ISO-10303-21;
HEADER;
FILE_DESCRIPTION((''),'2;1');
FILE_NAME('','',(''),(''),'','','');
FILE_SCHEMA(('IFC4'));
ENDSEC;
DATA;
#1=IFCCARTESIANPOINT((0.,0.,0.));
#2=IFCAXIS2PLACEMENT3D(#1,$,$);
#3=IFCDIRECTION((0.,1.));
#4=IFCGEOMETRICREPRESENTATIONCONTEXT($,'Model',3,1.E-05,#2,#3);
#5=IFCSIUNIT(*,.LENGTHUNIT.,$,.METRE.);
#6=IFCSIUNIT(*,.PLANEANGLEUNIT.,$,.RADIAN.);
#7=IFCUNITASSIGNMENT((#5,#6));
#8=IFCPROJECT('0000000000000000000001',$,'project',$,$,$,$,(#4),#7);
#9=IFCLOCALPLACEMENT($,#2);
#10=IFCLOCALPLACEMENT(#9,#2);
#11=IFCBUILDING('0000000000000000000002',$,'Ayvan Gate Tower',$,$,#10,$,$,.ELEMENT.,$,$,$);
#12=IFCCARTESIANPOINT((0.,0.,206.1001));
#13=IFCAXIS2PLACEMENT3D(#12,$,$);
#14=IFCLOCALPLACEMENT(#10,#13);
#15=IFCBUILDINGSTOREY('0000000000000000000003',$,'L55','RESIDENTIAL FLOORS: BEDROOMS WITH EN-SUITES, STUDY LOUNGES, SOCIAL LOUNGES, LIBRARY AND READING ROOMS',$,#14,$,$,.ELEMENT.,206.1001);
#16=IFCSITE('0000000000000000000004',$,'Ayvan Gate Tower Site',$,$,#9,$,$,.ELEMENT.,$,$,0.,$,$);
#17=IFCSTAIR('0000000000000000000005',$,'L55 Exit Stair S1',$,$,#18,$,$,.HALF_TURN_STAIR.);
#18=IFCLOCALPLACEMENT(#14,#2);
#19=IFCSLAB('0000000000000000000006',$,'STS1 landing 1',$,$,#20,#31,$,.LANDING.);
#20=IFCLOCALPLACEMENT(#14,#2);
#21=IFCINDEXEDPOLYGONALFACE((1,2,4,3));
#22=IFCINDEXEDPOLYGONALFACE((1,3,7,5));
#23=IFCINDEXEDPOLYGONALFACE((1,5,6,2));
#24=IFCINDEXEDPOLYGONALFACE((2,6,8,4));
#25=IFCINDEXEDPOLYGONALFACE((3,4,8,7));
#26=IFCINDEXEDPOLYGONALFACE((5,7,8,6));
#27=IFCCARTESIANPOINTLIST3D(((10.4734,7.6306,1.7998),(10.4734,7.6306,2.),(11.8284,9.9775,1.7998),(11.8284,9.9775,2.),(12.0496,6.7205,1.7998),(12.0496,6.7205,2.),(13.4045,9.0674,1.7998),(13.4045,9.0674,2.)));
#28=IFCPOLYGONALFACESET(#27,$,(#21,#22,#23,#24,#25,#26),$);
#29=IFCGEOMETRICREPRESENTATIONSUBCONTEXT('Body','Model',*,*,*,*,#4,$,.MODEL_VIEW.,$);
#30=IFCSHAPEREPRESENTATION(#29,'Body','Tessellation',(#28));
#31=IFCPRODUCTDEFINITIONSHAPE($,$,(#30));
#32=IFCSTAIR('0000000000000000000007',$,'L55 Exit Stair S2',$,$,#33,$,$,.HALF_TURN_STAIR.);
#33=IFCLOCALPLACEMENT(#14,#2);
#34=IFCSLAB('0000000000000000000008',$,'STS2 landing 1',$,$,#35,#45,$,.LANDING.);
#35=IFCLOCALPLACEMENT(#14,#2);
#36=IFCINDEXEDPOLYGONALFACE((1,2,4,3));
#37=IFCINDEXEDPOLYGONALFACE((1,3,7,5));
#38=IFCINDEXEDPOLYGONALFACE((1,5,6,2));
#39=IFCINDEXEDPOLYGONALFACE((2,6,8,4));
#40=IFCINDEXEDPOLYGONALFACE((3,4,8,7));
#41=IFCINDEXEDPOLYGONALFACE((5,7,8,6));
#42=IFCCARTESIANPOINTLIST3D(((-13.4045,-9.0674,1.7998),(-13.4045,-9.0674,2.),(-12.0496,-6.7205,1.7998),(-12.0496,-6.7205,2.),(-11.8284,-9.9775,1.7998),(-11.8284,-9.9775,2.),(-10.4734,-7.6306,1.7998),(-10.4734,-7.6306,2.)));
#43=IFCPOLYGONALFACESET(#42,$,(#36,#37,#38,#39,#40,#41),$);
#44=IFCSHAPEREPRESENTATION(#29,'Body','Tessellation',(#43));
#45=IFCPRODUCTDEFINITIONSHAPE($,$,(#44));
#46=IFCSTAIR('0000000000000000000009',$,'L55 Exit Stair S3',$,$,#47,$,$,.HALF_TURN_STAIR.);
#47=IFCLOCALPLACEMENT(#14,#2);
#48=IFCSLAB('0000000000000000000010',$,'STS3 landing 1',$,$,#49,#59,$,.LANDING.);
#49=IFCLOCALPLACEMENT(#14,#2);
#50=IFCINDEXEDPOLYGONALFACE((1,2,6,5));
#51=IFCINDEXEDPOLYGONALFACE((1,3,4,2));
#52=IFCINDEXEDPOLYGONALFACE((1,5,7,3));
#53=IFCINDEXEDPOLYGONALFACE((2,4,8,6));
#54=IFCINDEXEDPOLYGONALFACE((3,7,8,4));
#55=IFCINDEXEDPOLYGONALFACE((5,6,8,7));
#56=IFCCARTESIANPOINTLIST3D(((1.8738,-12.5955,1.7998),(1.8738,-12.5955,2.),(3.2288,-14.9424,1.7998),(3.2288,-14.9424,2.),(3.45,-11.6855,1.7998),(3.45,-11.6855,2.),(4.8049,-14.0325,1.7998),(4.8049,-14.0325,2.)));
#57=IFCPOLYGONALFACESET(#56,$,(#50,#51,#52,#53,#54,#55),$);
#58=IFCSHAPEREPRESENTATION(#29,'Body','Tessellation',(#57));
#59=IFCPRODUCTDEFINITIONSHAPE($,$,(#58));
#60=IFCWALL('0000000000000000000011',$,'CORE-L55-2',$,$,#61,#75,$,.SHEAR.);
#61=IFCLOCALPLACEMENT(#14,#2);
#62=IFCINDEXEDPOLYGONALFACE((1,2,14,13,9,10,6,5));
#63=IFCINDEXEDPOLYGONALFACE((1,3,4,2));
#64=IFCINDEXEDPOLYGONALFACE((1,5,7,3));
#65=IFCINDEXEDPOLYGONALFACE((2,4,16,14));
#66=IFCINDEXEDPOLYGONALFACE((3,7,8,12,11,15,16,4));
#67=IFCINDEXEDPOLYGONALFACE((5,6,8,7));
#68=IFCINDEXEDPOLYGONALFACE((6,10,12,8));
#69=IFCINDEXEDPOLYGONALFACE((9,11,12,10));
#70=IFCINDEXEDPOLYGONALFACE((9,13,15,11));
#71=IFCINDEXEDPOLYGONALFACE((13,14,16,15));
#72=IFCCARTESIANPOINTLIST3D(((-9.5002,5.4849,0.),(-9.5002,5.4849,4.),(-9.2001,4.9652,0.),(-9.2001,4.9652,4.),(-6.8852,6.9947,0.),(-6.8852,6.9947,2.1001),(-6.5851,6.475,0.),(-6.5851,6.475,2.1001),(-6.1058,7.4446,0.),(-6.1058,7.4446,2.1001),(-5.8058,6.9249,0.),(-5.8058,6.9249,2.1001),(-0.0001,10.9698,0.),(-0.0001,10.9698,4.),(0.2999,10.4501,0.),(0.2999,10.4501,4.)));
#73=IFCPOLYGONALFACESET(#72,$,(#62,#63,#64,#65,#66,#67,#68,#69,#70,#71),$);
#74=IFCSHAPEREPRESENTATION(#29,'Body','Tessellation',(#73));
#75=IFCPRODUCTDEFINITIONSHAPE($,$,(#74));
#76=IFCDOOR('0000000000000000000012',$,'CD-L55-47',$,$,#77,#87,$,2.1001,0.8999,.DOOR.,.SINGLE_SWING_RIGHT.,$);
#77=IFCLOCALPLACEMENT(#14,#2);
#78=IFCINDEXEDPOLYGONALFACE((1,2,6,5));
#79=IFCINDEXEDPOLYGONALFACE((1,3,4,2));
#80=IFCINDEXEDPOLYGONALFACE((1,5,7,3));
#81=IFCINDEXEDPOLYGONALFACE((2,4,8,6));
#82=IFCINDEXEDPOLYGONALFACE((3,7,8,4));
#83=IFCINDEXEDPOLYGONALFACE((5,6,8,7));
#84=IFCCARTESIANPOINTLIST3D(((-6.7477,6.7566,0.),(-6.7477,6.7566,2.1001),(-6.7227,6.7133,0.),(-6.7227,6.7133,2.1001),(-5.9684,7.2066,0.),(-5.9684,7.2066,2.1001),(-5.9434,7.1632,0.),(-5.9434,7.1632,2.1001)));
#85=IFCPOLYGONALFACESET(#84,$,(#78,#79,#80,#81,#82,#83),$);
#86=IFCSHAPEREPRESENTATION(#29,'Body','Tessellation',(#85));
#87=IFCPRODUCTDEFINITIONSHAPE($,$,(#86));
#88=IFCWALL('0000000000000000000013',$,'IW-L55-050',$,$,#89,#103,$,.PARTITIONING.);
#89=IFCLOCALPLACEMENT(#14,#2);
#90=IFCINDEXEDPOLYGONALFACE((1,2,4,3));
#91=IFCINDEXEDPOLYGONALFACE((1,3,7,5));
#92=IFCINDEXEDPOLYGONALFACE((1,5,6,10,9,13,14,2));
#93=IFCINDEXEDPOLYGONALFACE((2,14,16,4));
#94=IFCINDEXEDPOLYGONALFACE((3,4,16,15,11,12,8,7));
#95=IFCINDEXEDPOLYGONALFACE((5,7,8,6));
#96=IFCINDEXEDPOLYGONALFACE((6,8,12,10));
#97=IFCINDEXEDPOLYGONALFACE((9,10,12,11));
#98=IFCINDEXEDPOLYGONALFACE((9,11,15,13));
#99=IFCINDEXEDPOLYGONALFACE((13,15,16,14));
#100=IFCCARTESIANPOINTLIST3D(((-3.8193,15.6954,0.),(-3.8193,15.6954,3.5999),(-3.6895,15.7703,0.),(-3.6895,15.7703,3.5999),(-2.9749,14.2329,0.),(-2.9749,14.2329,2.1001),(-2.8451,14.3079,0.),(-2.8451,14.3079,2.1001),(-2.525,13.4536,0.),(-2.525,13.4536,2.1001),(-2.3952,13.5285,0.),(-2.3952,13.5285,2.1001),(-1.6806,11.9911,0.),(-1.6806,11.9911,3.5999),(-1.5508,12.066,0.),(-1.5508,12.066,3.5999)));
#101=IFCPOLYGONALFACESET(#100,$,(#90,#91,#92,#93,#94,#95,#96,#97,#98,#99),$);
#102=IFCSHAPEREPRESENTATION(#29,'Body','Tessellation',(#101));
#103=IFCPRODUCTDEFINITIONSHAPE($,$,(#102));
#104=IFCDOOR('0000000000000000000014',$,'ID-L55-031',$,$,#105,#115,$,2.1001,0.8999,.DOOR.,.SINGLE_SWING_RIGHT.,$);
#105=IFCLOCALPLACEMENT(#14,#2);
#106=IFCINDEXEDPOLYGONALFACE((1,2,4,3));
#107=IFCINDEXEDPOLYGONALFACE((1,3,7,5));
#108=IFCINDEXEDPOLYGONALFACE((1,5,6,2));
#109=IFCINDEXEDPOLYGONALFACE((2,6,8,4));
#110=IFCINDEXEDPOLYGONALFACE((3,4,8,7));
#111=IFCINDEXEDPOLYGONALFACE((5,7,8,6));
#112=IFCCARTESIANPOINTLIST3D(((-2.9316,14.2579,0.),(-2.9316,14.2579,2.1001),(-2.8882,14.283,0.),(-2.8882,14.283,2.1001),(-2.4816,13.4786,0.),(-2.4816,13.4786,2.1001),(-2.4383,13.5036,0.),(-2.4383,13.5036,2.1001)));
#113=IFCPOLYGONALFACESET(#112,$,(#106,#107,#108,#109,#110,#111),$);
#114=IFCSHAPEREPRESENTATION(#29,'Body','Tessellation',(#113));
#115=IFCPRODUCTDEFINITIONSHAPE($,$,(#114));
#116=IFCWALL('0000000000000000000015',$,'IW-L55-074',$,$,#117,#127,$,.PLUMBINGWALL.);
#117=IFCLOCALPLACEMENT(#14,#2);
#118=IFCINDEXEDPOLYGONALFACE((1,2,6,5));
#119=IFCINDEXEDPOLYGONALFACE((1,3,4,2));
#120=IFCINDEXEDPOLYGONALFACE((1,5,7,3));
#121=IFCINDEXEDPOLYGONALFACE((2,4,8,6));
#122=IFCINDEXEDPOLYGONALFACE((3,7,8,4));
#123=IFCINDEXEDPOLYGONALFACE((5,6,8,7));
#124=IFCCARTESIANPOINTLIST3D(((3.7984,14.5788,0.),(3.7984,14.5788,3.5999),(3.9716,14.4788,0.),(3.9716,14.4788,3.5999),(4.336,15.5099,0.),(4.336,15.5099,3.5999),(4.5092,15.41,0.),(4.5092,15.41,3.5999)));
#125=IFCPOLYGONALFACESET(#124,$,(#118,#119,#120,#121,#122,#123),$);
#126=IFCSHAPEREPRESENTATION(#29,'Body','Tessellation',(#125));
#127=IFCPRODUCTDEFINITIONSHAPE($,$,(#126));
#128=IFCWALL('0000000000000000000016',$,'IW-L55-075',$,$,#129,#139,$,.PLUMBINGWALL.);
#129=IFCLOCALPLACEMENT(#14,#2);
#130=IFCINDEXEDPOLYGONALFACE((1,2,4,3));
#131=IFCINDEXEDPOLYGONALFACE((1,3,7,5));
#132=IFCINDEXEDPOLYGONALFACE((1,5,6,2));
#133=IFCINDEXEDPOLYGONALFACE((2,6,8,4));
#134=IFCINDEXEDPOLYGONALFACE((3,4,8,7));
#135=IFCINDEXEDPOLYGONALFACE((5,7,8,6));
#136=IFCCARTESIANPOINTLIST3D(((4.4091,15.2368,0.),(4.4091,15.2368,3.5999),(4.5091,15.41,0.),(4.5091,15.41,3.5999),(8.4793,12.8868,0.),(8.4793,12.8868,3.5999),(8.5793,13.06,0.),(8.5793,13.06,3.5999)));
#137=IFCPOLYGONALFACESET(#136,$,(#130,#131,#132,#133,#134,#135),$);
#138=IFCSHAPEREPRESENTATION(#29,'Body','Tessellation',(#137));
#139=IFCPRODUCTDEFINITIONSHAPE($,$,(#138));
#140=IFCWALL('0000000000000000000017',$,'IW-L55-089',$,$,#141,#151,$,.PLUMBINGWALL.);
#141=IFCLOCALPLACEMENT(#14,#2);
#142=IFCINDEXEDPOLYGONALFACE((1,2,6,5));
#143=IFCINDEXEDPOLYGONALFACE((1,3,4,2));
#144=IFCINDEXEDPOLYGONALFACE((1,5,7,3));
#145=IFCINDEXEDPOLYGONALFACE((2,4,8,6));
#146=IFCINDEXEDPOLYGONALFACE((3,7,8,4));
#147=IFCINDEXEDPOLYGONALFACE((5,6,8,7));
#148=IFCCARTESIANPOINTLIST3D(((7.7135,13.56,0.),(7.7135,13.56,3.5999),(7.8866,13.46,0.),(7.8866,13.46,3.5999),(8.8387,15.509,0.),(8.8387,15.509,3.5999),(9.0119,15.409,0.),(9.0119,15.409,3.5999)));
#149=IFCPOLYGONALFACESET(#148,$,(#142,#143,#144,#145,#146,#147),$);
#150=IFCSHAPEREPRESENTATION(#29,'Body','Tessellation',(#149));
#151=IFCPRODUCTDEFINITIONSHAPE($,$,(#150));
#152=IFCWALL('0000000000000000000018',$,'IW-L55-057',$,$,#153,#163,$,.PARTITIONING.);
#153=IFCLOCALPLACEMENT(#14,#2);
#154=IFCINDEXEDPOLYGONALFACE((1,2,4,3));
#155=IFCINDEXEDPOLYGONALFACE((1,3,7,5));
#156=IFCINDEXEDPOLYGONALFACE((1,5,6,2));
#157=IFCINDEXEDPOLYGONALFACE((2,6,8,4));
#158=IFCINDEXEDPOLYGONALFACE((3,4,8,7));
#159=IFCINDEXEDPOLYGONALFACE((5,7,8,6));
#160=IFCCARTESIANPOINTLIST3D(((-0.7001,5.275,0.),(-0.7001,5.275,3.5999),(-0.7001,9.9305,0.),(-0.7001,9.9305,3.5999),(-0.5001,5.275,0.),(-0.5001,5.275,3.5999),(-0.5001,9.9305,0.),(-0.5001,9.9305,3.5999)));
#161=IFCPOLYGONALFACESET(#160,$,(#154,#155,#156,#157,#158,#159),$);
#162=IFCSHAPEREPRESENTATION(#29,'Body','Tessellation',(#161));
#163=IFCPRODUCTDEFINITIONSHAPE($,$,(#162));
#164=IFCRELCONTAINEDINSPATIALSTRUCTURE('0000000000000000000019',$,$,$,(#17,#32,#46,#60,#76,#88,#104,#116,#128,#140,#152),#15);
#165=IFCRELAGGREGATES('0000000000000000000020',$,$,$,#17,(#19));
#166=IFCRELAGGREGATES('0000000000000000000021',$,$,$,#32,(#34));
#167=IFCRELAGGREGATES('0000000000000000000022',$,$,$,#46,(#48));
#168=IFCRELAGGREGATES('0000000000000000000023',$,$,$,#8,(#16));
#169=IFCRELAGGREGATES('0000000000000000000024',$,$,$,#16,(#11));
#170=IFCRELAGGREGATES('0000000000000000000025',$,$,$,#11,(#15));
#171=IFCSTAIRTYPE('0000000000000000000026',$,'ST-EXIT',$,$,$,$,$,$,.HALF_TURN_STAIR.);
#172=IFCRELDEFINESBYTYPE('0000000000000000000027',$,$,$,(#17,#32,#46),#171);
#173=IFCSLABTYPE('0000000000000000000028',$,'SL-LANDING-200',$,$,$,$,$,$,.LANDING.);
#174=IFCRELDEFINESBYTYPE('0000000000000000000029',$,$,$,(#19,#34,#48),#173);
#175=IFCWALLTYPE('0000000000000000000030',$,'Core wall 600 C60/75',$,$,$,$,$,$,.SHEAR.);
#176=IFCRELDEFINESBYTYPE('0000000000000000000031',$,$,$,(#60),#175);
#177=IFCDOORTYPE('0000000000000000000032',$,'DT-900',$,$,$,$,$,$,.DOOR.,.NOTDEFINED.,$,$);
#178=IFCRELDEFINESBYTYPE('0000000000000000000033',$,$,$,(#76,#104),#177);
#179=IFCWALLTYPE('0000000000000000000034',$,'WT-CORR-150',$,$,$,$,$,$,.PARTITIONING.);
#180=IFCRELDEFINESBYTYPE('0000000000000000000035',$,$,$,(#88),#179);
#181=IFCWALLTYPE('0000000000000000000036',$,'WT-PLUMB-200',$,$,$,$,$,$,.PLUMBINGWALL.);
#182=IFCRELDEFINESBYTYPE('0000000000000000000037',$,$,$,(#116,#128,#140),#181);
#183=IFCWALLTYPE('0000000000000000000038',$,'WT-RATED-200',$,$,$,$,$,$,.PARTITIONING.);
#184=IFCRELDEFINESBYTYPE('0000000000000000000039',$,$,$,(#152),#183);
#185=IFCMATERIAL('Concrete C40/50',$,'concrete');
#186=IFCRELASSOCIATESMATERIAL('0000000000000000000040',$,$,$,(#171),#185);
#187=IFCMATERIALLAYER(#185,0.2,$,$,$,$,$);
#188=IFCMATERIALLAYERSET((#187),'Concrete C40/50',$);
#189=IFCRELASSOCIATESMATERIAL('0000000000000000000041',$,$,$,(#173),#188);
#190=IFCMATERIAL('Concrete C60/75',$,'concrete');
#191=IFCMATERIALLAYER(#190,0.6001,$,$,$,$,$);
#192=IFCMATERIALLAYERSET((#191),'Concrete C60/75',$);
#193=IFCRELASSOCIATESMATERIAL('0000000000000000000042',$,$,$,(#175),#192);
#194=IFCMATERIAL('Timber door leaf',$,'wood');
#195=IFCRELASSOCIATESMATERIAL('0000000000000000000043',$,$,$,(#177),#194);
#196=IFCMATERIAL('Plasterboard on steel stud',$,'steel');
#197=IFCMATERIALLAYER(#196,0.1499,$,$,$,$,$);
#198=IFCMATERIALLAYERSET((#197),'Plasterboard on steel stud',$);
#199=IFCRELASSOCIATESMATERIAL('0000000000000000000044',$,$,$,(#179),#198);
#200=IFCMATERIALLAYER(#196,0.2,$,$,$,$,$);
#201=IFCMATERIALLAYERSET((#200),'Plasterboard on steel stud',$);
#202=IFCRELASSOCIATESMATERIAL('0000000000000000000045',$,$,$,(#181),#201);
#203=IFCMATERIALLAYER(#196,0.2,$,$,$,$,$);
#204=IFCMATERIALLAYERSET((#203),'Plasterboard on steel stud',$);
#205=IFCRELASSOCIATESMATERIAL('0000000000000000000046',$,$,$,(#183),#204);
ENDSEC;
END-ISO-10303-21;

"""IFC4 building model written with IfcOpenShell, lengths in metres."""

from ifc_helpers import new_model, si_unit, direction, frame, frame_2d, origin, place, context, subcontext, project, spatial, polyline, rectangle, outline, extrude, material, layer, layer_set, type_object, element, fill, aggregate, save


model = new_model("IFC4")

# Units and contexts
model_context = context("Model", 3, precision=1e-05, world=origin(), true_north=direction((0.0, 1.0)))
body_context = subcontext(model_context, "Body", "Model", "MODEL_VIEW")
ifc_project = project(units=[si_unit("LENGTHUNIT", "METRE"), si_unit("PLANEANGLEUNIT", "RADIAN")], contexts=[model_context])

# Site, building, storey
site_placement = place(None, origin())
site = spatial("IfcSite", under=ifc_project, at=site_placement, Name="Ayvan Gate Tower Site", CompositionType="ELEMENT", RefElevation=0.0)
building_placement = place(site_placement, origin())
building = spatial("IfcBuilding", under=site, at=building_placement, Name="Ayvan Gate Tower", CompositionType="ELEMENT")
storey_placement = place(building_placement, frame((0.0, 0.0, 206.1001)))
storey = spatial("IfcBuildingStorey", under=building, at=storey_placement, Name="L55", Description="RESIDENTIAL FLOORS: BEDROOMS WITH EN-SUITES, STUDY LOUNGES, SOCIAL LOUNGES, LIBRARY AND READING ROOMS", CompositionType="ELEMENT", Elevation=206.1001)

# Stairs, slabs
ifc_material_1 = material(Name="Concrete C40/50", Category="concrete")
stair_type = type_object("IfcStairType", Name="ST-EXIT", PredefinedType="HALF_TURN_STAIR", material=ifc_material_1)
stair_1_placement = place(storey_placement, origin())
stair_1 = element("IfcStair", 1, at=stair_1_placement, inside=storey, type_object=stair_type, Name="L55 Exit Stair S1", PredefinedType="HALF_TURN_STAIR")
ifc_layer_1 = layer(ifc_material_1, 0.2)
ifc_layer_set_1 = layer_set([ifc_layer_1], Name="Concrete C40/50")
slab_type = type_object("IfcSlabType", Name="SL-LANDING-200", PredefinedType="LANDING", material=ifc_layer_set_1)
slab_1_placement = place(storey_placement, frame((0.0, 0.0, 1.7998)))
slab_1 = element("IfcSlab", 2, at=slab_1_placement, type_object=slab_type, Name="STS1 landing 1", PredefinedType="LANDING", context=body_context, shape_type="SweptSolid", body=[
    extrude(outline(polyline([(10.4734, 7.6306), (12.0496, 6.7205), (13.4045, 9.0674), (11.8284, 9.9775), (10.4734, 7.6306)])), origin(), (0.0, 0.0, 1.0), 0.2002),
])
aggregate(stair_1, [slab_1])
stair_2_placement = place(storey_placement, origin())
stair_2 = element("IfcStair", 3, at=stair_2_placement, inside=storey, type_object=stair_type, Name="L55 Exit Stair S2", PredefinedType="HALF_TURN_STAIR")
slab_2_placement = place(storey_placement, frame((0.0, 0.0, 1.7998)))
slab_2 = element("IfcSlab", 4, at=slab_2_placement, type_object=slab_type, Name="STS2 landing 1", PredefinedType="LANDING", context=body_context, shape_type="SweptSolid", body=[
    extrude(outline(polyline([(-10.4734, -7.6306), (-12.0496, -6.7205), (-13.4045, -9.0674), (-11.8284, -9.9775), (-10.4734, -7.6306)])), origin(), (0.0, 0.0, 1.0), 0.2002),
])
aggregate(stair_2, [slab_2])
stair_3_placement = place(storey_placement, origin())
stair_3 = element("IfcStair", 5, at=stair_3_placement, inside=storey, type_object=stair_type, Name="L55 Exit Stair S3", PredefinedType="HALF_TURN_STAIR")
slab_3_placement = place(storey_placement, frame((0.0, 0.0, 1.7998)))
slab_3 = element("IfcSlab", 6, at=slab_3_placement, type_object=slab_type, Name="STS3 landing 1", PredefinedType="LANDING", context=body_context, shape_type="SweptSolid", body=[
    extrude(outline(polyline([(3.45, -11.6855), (1.8738, -12.5955), (3.2288, -14.9424), (4.8049, -14.0325), (3.45, -11.6855)])), origin(), (0.0, 0.0, 1.0), 0.2002),
])
aggregate(stair_3, [slab_3])

# Walls, openings, doors
ifc_material_2 = material(Name="Concrete C60/75", Category="concrete")
ifc_layer_2 = layer(ifc_material_2, 0.6001)
ifc_layer_set_2 = layer_set([ifc_layer_2], Name="Concrete C60/75")
wall_type_1 = type_object("IfcWallType", Name="Core wall 600 C60/75", PredefinedType="SHEAR", material=ifc_layer_set_2)
wall_1_placement = place(storey_placement, frame((0.1499, 10.71, 0.0), z_axis=(0.0, 0.0, 1.0), x_axis=(-0.866024, -0.500002, 0.0)))
wall_1 = element("IfcWall", 7, at=wall_1_placement, inside=storey, type_object=wall_type_1, Name="CORE-L55-2", PredefinedType="SHEAR", context=body_context, shape_type="SweptSolid", body=[
    extrude(rectangle(XDim=10.9697, YDim=0.6001, at=frame_2d((5.4849, 0.0))), origin(), (0.0, 0.0, 1.0), 4.0),
])
opening_1_placement = place(wall_1_placement, frame((7.0503, 0.0, 0.0)))
opening_1 = element("IfcOpeningElement", 8, at=opening_1_placement, cuts=wall_1, PredefinedType="OPENING", context=body_context, shape_type="SweptSolid", body=[
    extrude(rectangle(XDim=0.8999, YDim=2.1001, at=frame_2d((0.45, 1.05))), frame((0.0, 0.3101, 0.0), z_axis=(0.0, -1.0, 0.0), x_axis=(1.0, 0.0, 0.0)), (0.0, 0.0, 1.0), 0.6201),
])
ifc_material_3 = material(Name="Timber door leaf", Category="wood")
door_type_1 = type_object("IfcDoorType", Name="DT-900", OperationType="NOTDEFINED", PredefinedType="DOOR", material=ifc_material_3)
door_1_placement = place(opening_1_placement, origin())
door_1 = element("IfcDoor", 9, at=door_1_placement, inside=storey, type_object=door_type_1, Name="CD-L55-47", OperationType="SINGLE_SWING_RIGHT", OverallHeight=2.1001, OverallWidth=0.8999, PredefinedType="DOOR", context=body_context, shape_type="SweptSolid", body=[
    extrude(rectangle(XDim=0.8999, YDim=2.1001, at=frame_2d((0.45, 1.05))), frame((0.0, 0.0249, 0.0), z_axis=(0.0, -1.0, 0.0), x_axis=(1.0, 0.0, 0.0)), (0.0, 0.0, 1.0), 0.05),
])
fill(opening_1, door_1)
ifc_material_4 = material(Name="Plasterboard on steel stud", Category="steel")
ifc_layer_3 = layer(ifc_material_4, 0.1499)
ifc_layer_set_3 = layer_set([ifc_layer_3], Name="Plasterboard on steel stud")
wall_type_2 = type_object("IfcWallType", Name="WT-CORR-150", PredefinedType="PARTITIONING", material=ifc_layer_set_3)
wall_2_placement = place(storey_placement, frame((-1.6157, 12.0286, 0.0), z_axis=(0.0, 0.0, 1.0), x_axis=(-0.499994, 0.866029, 0.0)))
wall_2 = element("IfcWall", 10, at=wall_2_placement, inside=storey, type_object=wall_type_2, Name="IW-L55-050", PredefinedType="PARTITIONING", context=body_context, shape_type="SweptSolid", body=[
    extrude(rectangle(XDim=4.2773, YDim=0.1499, at=frame_2d((2.1387, 0.0))), origin(), (0.0, 0.0, 1.0), 3.5999),
])
opening_2_placement = place(wall_2_placement, frame((1.6887, 0.0, 0.0)))
opening_2 = element("IfcOpeningElement", 11, at=opening_2_placement, cuts=wall_2, PredefinedType="OPENING", context=body_context, shape_type="SweptSolid", body=[
    extrude(rectangle(XDim=0.8999, YDim=2.1001, at=frame_2d((0.45, 1.05))), frame((0.0, 0.085, 0.0), z_axis=(0.0, -1.0, 0.0), x_axis=(1.0, 0.0, 0.0)), (0.0, 0.0, 1.0), 0.1699),
])
door_2_placement = place(opening_2_placement, origin())
door_2 = element("IfcDoor", 12, at=door_2_placement, inside=storey, type_object=door_type_1, Name="ID-L55-031", OperationType="SINGLE_SWING_RIGHT", OverallHeight=2.1001, OverallWidth=0.8999, PredefinedType="DOOR", context=body_context, shape_type="SweptSolid", body=[
    extrude(rectangle(XDim=0.8999, YDim=2.1001, at=frame_2d((0.45, 1.05))), frame((0.0, 0.0249, 0.0), z_axis=(0.0, -1.0, 0.0), x_axis=(1.0, 0.0, 0.0)), (0.0, 0.0, 1.0), 0.05),
])
fill(opening_2, door_2)

# Walls
ifc_layer_4 = layer(ifc_material_4, 0.2)
ifc_layer_set_4 = layer_set([ifc_layer_4], Name="Plasterboard on steel stud")
wall_type_3 = type_object("IfcWallType", Name="WT-PLUMB-200", PredefinedType="PLUMBINGWALL", material=ifc_layer_set_4)
wall_3_placement = place(storey_placement, frame((3.885, 14.5288, 0.0), z_axis=(0.0, 0.0, 1.0), x_axis=(0.499998, 0.866027, 0.0)))
element("IfcWall", 13, at=wall_3_placement, inside=storey, type_object=wall_type_3, Name="IW-L55-074", PredefinedType="PLUMBINGWALL", context=body_context, shape_type="SweptSolid", body=[
    extrude(rectangle(XDim=1.0752, YDim=0.2, at=frame_2d((0.5376, 0.0))), origin(), (0.0, 0.0, 1.0), 3.5999),
])
wall_4_placement = place(storey_placement, frame((4.459, 15.3235, 0.0), z_axis=(0.0, 0.0, 1.0), x_axis=(0.866016, -0.500016, 0.0)))
element("IfcWall", 14, at=wall_4_placement, inside=storey, type_object=wall_type_3, Name="IW-L55-075", PredefinedType="PLUMBINGWALL", context=body_context, shape_type="SweptSolid", body=[
    extrude(rectangle(XDim=4.7, YDim=0.2, at=frame_2d((2.3501, 0.0))), origin(), (0.0, 0.0, 1.0), 3.5999),
])
wall_5_placement = place(storey_placement, frame((7.8, 13.51, 0.0), z_axis=(0.0, 0.0, 1.0), x_axis=(0.500001, 0.866025, 0.0)))
element("IfcWall", 15, at=wall_5_placement, inside=storey, type_object=wall_type_3, Name="IW-L55-089", PredefinedType="PLUMBINGWALL", context=body_context, shape_type="SweptSolid", body=[
    extrude(rectangle(XDim=2.2505, YDim=0.2, at=frame_2d((1.1252, 0.0))), origin(), (0.0, 0.0, 1.0), 3.5999),
])
ifc_layer_5 = layer(ifc_material_4, 0.2)
ifc_layer_set_5 = layer_set([ifc_layer_5], Name="Plasterboard on steel stud")
wall_type_4 = type_object("IfcWallType", Name="WT-RATED-200", PredefinedType="PARTITIONING", material=ifc_layer_set_5)
wall_6_placement = place(storey_placement, frame((-0.6001, 9.9304, 0.0), z_axis=(0.0, 0.0, 1.0), x_axis=(0.0, -1.0, 0.0)))
element("IfcWall", 16, at=wall_6_placement, inside=storey, type_object=wall_type_4, Name="IW-L55-057", PredefinedType="PARTITIONING", context=body_context, shape_type="SweptSolid", body=[
    extrude(rectangle(XDim=4.6555, YDim=0.2, at=frame_2d((2.3276, 0.0))), origin(), (0.0, 0.0, 1.0), 3.5999),
])

save(model, "model.ifc")
